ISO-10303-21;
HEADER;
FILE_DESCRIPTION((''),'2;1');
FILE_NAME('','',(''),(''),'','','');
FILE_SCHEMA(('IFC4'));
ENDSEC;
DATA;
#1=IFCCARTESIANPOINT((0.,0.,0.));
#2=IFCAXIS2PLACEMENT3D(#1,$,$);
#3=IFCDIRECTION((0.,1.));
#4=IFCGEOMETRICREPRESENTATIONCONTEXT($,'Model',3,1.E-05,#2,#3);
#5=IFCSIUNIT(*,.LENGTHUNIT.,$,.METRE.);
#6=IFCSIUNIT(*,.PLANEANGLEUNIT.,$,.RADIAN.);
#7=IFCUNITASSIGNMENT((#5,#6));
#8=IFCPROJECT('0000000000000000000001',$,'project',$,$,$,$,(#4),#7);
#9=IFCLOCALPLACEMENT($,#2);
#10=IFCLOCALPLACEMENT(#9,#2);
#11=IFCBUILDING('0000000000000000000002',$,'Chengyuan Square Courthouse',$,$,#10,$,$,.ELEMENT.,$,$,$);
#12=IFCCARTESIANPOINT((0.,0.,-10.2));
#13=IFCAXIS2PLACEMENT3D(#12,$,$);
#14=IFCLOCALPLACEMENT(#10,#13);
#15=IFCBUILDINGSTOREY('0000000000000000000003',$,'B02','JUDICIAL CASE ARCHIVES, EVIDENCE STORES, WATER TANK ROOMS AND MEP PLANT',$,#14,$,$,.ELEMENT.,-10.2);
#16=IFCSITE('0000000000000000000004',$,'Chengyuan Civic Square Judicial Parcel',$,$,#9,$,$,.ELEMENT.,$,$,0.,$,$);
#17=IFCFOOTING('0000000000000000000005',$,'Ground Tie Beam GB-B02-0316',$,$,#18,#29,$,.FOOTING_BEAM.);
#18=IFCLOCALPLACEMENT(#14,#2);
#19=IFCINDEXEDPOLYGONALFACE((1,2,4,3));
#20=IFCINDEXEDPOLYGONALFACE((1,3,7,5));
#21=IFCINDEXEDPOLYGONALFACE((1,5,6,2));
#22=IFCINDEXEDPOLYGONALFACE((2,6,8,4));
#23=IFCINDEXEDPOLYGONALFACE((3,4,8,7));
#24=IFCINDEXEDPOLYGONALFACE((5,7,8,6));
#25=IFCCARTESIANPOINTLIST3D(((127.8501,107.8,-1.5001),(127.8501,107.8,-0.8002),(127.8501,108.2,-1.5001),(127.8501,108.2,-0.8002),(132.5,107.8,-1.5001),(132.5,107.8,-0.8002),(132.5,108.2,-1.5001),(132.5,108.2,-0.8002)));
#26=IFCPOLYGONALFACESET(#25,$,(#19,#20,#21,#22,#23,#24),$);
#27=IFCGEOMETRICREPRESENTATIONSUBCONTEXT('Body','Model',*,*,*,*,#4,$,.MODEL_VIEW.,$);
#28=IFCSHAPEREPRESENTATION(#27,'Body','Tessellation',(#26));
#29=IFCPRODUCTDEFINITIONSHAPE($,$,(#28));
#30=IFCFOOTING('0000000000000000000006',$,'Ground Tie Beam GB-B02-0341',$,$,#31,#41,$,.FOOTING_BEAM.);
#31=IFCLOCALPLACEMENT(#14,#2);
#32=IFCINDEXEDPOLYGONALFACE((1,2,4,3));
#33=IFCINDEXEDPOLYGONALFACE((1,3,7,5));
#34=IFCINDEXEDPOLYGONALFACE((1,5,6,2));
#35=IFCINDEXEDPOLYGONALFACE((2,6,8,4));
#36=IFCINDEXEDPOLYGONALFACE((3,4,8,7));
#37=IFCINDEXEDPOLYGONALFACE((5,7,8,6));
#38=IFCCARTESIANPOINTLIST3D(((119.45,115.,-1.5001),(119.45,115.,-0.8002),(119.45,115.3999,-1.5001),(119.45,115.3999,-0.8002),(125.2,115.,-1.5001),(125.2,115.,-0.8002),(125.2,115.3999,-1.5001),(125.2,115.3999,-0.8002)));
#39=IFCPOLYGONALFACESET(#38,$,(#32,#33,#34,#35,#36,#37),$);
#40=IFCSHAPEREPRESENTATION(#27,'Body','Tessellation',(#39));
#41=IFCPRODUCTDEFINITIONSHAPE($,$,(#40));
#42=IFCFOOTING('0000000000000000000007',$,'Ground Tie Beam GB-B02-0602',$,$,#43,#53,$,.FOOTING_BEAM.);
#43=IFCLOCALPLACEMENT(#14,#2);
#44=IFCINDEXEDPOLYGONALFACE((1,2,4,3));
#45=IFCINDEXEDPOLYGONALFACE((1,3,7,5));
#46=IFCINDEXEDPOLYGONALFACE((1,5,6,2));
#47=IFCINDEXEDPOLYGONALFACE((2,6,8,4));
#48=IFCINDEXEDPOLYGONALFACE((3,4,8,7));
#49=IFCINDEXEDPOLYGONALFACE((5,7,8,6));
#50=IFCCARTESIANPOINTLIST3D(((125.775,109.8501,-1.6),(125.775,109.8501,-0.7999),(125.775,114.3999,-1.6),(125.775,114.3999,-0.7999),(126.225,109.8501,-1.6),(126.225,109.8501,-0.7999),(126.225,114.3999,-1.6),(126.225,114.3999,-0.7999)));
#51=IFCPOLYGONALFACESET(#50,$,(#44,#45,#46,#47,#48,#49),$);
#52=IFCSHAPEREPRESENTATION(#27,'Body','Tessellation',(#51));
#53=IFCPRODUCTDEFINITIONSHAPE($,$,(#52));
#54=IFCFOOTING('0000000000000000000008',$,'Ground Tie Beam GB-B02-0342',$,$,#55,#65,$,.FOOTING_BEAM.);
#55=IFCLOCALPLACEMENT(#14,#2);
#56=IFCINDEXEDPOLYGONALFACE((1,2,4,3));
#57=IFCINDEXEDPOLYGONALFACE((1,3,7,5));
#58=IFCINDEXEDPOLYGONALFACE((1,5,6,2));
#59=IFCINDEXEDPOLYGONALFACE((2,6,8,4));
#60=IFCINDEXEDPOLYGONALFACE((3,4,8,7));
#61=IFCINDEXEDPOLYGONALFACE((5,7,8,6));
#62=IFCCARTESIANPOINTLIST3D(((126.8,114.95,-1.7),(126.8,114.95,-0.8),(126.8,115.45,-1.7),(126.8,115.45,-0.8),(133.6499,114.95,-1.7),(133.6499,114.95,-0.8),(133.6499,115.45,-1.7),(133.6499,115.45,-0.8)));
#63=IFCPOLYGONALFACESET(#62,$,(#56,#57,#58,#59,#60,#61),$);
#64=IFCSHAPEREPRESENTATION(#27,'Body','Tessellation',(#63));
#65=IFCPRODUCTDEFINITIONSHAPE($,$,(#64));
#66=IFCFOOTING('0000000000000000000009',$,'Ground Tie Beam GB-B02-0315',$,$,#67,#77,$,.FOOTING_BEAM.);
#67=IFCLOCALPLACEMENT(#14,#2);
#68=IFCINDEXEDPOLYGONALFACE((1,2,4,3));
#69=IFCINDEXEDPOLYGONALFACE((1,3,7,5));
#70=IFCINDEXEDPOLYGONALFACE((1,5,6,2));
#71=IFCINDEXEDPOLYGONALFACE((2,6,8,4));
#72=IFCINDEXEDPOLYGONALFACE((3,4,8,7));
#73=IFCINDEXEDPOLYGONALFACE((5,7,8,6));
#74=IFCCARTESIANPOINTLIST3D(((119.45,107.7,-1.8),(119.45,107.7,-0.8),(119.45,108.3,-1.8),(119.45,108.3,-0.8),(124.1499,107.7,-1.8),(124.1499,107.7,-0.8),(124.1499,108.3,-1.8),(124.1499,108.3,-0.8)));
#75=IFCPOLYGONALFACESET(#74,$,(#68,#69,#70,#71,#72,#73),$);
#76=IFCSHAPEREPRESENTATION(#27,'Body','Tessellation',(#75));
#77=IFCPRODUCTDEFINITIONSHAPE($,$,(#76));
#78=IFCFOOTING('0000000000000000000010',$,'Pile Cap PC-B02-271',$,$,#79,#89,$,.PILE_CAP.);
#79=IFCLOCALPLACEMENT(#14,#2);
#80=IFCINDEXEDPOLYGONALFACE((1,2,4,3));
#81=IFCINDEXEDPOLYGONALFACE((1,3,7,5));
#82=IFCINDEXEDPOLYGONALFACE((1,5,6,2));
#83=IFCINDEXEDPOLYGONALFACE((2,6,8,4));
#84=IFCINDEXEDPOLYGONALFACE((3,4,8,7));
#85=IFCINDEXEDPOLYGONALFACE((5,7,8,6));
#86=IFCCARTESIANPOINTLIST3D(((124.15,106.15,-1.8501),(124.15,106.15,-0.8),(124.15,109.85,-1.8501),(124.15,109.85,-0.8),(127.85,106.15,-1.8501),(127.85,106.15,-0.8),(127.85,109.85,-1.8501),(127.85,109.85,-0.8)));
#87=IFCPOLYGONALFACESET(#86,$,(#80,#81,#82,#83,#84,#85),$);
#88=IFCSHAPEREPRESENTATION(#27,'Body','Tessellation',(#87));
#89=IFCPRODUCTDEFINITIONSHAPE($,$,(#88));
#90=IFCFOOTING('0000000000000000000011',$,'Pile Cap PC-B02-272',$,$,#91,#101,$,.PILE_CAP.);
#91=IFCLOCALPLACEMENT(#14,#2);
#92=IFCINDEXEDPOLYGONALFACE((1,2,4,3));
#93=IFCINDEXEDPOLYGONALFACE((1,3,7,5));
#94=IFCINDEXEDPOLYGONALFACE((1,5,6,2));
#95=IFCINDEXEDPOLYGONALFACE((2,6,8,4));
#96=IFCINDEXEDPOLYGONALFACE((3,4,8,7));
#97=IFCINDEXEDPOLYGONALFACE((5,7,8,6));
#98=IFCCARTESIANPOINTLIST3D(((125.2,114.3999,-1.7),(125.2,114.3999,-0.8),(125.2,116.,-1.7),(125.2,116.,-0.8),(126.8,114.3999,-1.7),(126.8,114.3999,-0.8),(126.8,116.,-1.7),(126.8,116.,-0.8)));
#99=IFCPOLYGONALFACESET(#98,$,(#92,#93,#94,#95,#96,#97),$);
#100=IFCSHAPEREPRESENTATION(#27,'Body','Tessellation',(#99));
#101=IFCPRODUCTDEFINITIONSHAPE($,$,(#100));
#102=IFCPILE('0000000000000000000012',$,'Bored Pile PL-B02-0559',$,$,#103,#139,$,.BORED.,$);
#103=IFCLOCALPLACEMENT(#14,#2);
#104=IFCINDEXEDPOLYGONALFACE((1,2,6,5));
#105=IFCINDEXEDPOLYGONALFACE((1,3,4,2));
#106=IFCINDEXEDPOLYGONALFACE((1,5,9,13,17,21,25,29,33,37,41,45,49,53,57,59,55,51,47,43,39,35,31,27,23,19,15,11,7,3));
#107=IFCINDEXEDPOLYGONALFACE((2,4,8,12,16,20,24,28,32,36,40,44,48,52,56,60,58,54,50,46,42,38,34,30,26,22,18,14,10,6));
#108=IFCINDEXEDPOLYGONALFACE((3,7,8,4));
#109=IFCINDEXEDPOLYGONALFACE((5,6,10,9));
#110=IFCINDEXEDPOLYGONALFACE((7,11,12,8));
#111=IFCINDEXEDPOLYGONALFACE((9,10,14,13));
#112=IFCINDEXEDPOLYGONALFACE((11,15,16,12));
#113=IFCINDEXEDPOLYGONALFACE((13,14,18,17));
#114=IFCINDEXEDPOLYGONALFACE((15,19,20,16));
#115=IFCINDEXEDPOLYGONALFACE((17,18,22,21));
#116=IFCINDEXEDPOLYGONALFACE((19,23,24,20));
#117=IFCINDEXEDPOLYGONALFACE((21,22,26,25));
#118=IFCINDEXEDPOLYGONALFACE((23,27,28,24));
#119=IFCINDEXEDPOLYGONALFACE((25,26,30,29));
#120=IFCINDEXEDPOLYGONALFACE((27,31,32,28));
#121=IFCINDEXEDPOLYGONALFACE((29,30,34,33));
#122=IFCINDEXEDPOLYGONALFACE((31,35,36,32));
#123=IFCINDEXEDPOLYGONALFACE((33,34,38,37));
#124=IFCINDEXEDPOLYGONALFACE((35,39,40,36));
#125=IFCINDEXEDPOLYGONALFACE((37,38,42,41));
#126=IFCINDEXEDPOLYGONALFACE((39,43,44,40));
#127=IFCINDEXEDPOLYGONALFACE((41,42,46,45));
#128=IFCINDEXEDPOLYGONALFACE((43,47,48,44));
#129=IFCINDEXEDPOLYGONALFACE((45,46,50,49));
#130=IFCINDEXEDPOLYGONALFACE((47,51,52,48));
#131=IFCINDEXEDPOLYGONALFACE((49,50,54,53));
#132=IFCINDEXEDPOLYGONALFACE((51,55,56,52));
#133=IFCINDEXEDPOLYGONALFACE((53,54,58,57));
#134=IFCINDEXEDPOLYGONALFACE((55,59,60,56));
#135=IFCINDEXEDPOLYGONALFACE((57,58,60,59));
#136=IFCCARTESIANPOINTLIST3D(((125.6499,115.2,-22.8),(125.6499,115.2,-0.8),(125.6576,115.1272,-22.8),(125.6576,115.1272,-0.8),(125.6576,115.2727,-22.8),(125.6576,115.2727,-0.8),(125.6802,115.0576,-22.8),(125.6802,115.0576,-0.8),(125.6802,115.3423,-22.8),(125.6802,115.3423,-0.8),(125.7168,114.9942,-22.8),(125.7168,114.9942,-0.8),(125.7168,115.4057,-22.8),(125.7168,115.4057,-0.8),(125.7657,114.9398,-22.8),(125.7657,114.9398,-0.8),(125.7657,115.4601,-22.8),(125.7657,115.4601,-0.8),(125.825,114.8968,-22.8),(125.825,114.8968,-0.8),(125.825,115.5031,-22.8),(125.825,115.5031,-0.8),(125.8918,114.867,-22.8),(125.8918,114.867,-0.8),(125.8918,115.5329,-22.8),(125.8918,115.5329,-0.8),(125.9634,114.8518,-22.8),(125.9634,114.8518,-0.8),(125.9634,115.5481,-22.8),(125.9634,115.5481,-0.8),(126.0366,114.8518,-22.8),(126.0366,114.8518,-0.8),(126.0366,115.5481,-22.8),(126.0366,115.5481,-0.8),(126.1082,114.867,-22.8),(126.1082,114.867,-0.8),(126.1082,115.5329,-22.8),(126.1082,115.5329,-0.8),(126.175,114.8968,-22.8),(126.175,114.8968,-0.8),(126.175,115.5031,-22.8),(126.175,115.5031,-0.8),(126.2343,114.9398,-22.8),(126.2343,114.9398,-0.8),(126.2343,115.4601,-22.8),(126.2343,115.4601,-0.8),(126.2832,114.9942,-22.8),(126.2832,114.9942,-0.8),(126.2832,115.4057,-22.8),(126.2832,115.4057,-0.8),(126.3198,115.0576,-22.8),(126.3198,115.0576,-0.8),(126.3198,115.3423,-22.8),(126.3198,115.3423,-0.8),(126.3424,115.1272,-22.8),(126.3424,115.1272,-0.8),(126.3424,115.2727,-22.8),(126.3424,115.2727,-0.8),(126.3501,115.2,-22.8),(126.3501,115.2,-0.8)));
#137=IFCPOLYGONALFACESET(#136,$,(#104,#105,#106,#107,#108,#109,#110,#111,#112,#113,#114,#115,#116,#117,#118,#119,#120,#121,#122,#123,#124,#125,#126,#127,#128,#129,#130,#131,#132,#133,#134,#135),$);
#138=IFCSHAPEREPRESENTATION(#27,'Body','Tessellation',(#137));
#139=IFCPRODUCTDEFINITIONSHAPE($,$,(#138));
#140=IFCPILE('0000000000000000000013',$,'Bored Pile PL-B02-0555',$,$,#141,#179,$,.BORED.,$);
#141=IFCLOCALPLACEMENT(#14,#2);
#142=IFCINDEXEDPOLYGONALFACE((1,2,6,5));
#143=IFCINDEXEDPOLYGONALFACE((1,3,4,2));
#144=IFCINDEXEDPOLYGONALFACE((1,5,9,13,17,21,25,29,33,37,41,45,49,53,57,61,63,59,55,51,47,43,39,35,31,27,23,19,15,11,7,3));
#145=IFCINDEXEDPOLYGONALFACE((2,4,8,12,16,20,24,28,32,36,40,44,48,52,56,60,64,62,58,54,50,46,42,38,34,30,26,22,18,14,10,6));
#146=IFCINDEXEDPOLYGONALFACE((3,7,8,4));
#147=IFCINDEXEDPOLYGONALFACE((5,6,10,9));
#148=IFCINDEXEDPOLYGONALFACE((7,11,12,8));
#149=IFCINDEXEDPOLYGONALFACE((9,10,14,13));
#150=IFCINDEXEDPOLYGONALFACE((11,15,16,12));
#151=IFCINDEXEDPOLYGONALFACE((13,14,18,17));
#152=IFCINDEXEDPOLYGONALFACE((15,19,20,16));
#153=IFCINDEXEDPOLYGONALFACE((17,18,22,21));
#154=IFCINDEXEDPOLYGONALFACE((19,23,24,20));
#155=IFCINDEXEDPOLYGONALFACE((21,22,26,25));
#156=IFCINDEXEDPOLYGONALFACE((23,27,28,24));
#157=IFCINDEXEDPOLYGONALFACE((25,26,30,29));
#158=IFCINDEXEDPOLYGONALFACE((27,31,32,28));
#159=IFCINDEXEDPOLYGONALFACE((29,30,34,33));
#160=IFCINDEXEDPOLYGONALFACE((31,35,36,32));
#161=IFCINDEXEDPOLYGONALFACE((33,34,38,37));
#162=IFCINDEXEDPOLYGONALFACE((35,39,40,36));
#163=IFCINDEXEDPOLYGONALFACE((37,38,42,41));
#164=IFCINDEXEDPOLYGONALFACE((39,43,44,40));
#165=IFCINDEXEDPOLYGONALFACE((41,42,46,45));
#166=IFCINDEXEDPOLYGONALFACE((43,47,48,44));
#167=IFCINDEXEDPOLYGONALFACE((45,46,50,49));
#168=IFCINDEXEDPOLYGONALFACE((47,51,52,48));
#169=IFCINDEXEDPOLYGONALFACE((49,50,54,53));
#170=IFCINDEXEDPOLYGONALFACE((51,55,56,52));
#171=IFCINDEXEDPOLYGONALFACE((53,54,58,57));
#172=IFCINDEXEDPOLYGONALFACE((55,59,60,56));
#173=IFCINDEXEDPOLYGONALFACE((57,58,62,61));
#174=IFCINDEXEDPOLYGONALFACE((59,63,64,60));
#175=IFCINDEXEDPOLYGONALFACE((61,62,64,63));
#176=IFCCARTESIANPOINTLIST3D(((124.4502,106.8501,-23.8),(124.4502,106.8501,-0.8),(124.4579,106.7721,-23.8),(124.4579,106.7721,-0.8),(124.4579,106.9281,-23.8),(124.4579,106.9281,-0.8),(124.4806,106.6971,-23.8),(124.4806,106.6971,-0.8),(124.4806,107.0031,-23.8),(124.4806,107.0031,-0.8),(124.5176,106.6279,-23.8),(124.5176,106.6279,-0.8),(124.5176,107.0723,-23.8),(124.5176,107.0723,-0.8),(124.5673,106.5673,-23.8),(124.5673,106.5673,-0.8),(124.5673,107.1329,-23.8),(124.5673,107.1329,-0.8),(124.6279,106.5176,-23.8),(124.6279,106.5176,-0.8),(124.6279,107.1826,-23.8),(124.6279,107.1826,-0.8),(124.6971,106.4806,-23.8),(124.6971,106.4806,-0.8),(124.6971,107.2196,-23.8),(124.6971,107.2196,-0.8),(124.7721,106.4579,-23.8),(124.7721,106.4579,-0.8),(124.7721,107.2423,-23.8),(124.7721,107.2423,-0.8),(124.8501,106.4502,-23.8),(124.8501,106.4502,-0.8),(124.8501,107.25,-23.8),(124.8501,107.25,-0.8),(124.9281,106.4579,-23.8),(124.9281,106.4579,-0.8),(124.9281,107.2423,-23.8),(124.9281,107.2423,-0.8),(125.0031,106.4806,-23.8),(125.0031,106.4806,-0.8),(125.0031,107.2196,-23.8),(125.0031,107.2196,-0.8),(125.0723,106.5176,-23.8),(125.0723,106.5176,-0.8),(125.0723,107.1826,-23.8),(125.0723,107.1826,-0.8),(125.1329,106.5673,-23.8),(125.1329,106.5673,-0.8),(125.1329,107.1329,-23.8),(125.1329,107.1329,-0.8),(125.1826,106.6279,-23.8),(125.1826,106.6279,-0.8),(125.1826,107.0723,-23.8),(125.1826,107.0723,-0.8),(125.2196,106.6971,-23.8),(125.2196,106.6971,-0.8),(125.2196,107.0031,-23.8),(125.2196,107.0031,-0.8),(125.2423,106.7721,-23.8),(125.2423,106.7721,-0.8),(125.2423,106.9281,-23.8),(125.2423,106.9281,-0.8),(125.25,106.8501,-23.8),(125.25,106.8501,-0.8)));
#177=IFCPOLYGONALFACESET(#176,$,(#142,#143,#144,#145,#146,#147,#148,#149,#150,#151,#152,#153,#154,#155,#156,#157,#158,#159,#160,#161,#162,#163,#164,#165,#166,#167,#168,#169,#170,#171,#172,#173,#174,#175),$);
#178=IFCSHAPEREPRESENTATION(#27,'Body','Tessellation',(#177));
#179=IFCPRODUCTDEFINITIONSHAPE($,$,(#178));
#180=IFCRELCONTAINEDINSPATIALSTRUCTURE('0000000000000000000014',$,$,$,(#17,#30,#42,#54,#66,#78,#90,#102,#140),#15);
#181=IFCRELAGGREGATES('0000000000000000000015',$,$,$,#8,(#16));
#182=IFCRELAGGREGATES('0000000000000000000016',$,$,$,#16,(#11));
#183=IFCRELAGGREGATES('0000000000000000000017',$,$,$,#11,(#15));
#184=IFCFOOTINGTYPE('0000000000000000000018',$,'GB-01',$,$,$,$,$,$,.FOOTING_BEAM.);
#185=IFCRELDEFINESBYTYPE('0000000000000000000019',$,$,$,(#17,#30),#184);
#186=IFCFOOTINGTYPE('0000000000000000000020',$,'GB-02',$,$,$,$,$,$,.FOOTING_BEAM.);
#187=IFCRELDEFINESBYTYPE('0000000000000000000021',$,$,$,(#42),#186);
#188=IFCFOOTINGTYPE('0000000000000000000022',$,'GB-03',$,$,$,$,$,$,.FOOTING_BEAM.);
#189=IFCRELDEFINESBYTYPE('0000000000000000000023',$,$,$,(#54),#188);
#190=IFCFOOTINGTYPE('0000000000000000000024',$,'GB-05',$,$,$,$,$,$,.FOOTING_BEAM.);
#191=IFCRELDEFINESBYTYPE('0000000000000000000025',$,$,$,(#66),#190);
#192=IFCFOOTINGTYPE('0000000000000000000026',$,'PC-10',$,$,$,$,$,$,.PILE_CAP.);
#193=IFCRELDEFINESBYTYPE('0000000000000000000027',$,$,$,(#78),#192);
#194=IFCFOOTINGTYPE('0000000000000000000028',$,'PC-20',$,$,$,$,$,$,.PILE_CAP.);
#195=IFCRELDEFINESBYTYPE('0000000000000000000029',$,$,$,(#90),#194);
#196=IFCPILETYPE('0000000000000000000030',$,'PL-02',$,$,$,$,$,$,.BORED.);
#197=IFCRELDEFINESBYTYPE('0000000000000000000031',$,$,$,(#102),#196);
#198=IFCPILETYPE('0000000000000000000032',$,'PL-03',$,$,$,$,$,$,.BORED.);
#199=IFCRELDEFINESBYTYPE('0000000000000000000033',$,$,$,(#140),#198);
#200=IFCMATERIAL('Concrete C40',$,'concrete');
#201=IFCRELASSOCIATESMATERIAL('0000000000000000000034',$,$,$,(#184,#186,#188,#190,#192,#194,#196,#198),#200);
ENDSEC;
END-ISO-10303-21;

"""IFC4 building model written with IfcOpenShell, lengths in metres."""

from ifc_helpers import new_model, si_unit, direction, frame, origin, origin_2d, place, context, subcontext, project, spatial, rectangle, circle, extrude, material, material_profile, profile_set, type_object, element, save


model = new_model("IFC4")

# Units and contexts
model_context = context("Model", 3, precision=1e-05, world=origin(), true_north=direction((0.0, 1.0)))
body_context = subcontext(model_context, "Body", "Model", "MODEL_VIEW")
ifc_project = project(units=[si_unit("LENGTHUNIT", "METRE"), si_unit("PLANEANGLEUNIT", "RADIAN")], contexts=[model_context])

# Site, building, storey
site_placement = place(None, origin())
site = spatial("IfcSite", under=ifc_project, at=site_placement, Name="Chengyuan Civic Square Judicial Parcel", CompositionType="ELEMENT", RefElevation=0.0)
building_placement = place(site_placement, origin())
building = spatial("IfcBuilding", under=site, at=building_placement, Name="Chengyuan Square Courthouse", CompositionType="ELEMENT")
storey_placement = place(building_placement, frame((0.0, 0.0, -10.2)))
storey = spatial("IfcBuildingStorey", under=building, at=storey_placement, Name="B02", Description="JUDICIAL CASE ARCHIVES, EVIDENCE STORES, WATER TANK ROOMS AND MEP PLANT", CompositionType="ELEMENT", Elevation=-10.2)

# Footings
ifc_material_1 = material(Name="Concrete C40", Category="concrete")
ifc_material_profile_1 = material_profile(ifc_material_1, rectangle(XDim=0.3999, YDim=0.7, at=origin_2d()), Name="GB-400x700")
ifc_profile_set_1 = profile_set([ifc_material_profile_1], Name="Concrete C40")
footing_type_1 = type_object("IfcFootingType", Name="GB-01", PredefinedType="FOOTING_BEAM", material=ifc_profile_set_1)
footing_1_placement = place(storey_placement, frame((127.8501, 108.0, -1.1501), z_axis=(1.0, 0.0, 0.0), x_axis=(0.0, 1.0, 0.0)))
element("IfcFooting", 1, at=footing_1_placement, inside=storey, type_object=footing_type_1, Name="Ground Tie Beam GB-B02-0316", PredefinedType="FOOTING_BEAM", context=body_context, shape_type="SweptSolid", body=[
    extrude(rectangle(XDim=0.3999, YDim=0.7, at=origin_2d()), origin(), (0.0, 0.0, 1.0), 4.6499),
])
footing_2_placement = place(storey_placement, frame((119.45, 115.2, -1.1501), z_axis=(1.0, 0.0, 0.0), x_axis=(0.0, 1.0, 0.0)))
element("IfcFooting", 2, at=footing_2_placement, inside=storey, type_object=footing_type_1, Name="Ground Tie Beam GB-B02-0341", PredefinedType="FOOTING_BEAM", context=body_context, shape_type="SweptSolid", body=[
    extrude(rectangle(XDim=0.3999, YDim=0.7, at=origin_2d()), origin(), (0.0, 0.0, 1.0), 5.75),
])
ifc_material_profile_2 = material_profile(ifc_material_1, rectangle(XDim=0.45, YDim=0.8, at=origin_2d()), Name="GB-450x800")
ifc_profile_set_2 = profile_set([ifc_material_profile_2], Name="Concrete C40")
footing_type_2 = type_object("IfcFootingType", Name="GB-02", PredefinedType="FOOTING_BEAM", material=ifc_profile_set_2)
footing_3_placement = place(storey_placement, frame((126.0, 109.8501, -1.2), z_axis=(0.0, 1.0, 0.0), x_axis=(-1.0, 0.0, 0.0)))
element("IfcFooting", 3, at=footing_3_placement, inside=storey, type_object=footing_type_2, Name="Ground Tie Beam GB-B02-0602", PredefinedType="FOOTING_BEAM", context=body_context, shape_type="SweptSolid", body=[
    extrude(rectangle(XDim=0.45, YDim=0.8, at=origin_2d()), origin(), (0.0, 0.0, 1.0), 4.5498),
])
ifc_material_profile_3 = material_profile(ifc_material_1, rectangle(XDim=0.5, YDim=0.8999, at=origin_2d()), Name="GB-500x900")
ifc_profile_set_3 = profile_set([ifc_material_profile_3], Name="Concrete C40")
footing_type_3 = type_object("IfcFootingType", Name="GB-03", PredefinedType="FOOTING_BEAM", material=ifc_profile_set_3)
footing_4_placement = place(storey_placement, frame((126.8, 115.2, -1.25), z_axis=(1.0, 0.0, 0.0), x_axis=(0.0, 1.0, 0.0)))
element("IfcFooting", 4, at=footing_4_placement, inside=storey, type_object=footing_type_3, Name="Ground Tie Beam GB-B02-0342", PredefinedType="FOOTING_BEAM", context=body_context, shape_type="SweptSolid", body=[
    extrude(rectangle(XDim=0.5, YDim=0.8999, at=origin_2d()), origin(), (0.0, 0.0, 1.0), 6.8499),
])
ifc_material_profile_4 = material_profile(ifc_material_1, rectangle(XDim=0.6001, YDim=1.0, at=origin_2d()), Name="GB-600x1000")
ifc_profile_set_4 = profile_set([ifc_material_profile_4], Name="Concrete C40")
footing_type_4 = type_object("IfcFootingType", Name="GB-05", PredefinedType="FOOTING_BEAM", material=ifc_profile_set_4)
footing_5_placement = place(storey_placement, frame((119.45, 108.0, -1.3), z_axis=(1.0, 0.0, 0.0), x_axis=(0.0, 1.0, 0.0)))
element("IfcFooting", 5, at=footing_5_placement, inside=storey, type_object=footing_type_4, Name="Ground Tie Beam GB-B02-0315", PredefinedType="FOOTING_BEAM", context=body_context, shape_type="SweptSolid", body=[
    extrude(rectangle(XDim=0.6001, YDim=1.0, at=origin_2d()), origin(), (0.0, 0.0, 1.0), 4.7),
])
footing_type_5 = type_object("IfcFootingType", Name="PC-10", PredefinedType="PILE_CAP", material=ifc_material_1)
footing_6_placement = place(storey_placement, frame((126.0, 108.0, -1.8501), z_axis=(0.0, 0.0, 1.0), x_axis=(1.0, 0.0, 0.0)))
element("IfcFooting", 6, at=footing_6_placement, inside=storey, type_object=footing_type_5, Name="Pile Cap PC-B02-271", PredefinedType="PILE_CAP", context=body_context, shape_type="SweptSolid", body=[
    extrude(rectangle(XDim=3.7, YDim=3.7, at=origin_2d()), origin(), (0.0, 0.0, 1.0), 1.05),
])
footing_type_6 = type_object("IfcFootingType", Name="PC-20", PredefinedType="PILE_CAP", material=ifc_material_1)
footing_7_placement = place(storey_placement, frame((126.0, 115.2, -1.7), z_axis=(0.0, 0.0, 1.0), x_axis=(1.0, 0.0, 0.0)))
element("IfcFooting", 7, at=footing_7_placement, inside=storey, type_object=footing_type_6, Name="Pile Cap PC-B02-272", PredefinedType="PILE_CAP", context=body_context, shape_type="SweptSolid", body=[
    extrude(rectangle(XDim=1.6001, YDim=1.6001, at=origin_2d()), origin(), (0.0, 0.0, 1.0), 0.8999),
])

# Piles
ifc_material_profile_5 = material_profile(ifc_material_1, circle(Radius=0.3501, at=origin_2d()), Name="BORED PILE D700")
ifc_profile_set_5 = profile_set([ifc_material_profile_5], Name="Concrete C40")
pile_type_1 = type_object("IfcPileType", Name="PL-02", PredefinedType="BORED", material=ifc_profile_set_5)
pile_placement = place(storey_placement, frame((126.0, 115.2, -0.8), z_axis=(0.0, 0.0, -1.0), x_axis=(1.0, 0.0, 0.0)))
element("IfcPile", 8, at=pile_placement, inside=storey, type_object=pile_type_1, Name="Bored Pile PL-B02-0559", PredefinedType="BORED", context=body_context, shape_type="SweptSolid", body=[
    extrude(circle(Radius=0.3501, at=origin_2d()), origin(), (0.0, 0.0, 1.0), 22.0),
])
ifc_material_profile_6 = material_profile(ifc_material_1, circle(Radius=0.3999, at=origin_2d()), Name="BORED PILE D800")
ifc_profile_set_6 = profile_set([ifc_material_profile_6], Name="Concrete C40")
pile_type_2 = type_object("IfcPileType", Name="PL-03", PredefinedType="BORED", material=ifc_profile_set_6)
for number, where, z_axis, x_axis, name in (
    (9, (124.8501, 106.8501, -0.8), (0.0, 0.0, -1.0), (1.0, 0.0, 0.0), "Bored Pile PL-B02-0555"),
):
    element("IfcPile", number, at=place(storey_placement, frame(where, z_axis=z_axis, x_axis=x_axis)), inside=storey, type_object=pile_type_2, Name=name, PredefinedType="BORED", context=body_context, shape_type="SweptSolid", body=[
        extrude(circle(Radius=0.3999, at=origin_2d()), origin(), (0.0, 0.0, 1.0), 23.0),
    ])

save(model, "model.ifc")
